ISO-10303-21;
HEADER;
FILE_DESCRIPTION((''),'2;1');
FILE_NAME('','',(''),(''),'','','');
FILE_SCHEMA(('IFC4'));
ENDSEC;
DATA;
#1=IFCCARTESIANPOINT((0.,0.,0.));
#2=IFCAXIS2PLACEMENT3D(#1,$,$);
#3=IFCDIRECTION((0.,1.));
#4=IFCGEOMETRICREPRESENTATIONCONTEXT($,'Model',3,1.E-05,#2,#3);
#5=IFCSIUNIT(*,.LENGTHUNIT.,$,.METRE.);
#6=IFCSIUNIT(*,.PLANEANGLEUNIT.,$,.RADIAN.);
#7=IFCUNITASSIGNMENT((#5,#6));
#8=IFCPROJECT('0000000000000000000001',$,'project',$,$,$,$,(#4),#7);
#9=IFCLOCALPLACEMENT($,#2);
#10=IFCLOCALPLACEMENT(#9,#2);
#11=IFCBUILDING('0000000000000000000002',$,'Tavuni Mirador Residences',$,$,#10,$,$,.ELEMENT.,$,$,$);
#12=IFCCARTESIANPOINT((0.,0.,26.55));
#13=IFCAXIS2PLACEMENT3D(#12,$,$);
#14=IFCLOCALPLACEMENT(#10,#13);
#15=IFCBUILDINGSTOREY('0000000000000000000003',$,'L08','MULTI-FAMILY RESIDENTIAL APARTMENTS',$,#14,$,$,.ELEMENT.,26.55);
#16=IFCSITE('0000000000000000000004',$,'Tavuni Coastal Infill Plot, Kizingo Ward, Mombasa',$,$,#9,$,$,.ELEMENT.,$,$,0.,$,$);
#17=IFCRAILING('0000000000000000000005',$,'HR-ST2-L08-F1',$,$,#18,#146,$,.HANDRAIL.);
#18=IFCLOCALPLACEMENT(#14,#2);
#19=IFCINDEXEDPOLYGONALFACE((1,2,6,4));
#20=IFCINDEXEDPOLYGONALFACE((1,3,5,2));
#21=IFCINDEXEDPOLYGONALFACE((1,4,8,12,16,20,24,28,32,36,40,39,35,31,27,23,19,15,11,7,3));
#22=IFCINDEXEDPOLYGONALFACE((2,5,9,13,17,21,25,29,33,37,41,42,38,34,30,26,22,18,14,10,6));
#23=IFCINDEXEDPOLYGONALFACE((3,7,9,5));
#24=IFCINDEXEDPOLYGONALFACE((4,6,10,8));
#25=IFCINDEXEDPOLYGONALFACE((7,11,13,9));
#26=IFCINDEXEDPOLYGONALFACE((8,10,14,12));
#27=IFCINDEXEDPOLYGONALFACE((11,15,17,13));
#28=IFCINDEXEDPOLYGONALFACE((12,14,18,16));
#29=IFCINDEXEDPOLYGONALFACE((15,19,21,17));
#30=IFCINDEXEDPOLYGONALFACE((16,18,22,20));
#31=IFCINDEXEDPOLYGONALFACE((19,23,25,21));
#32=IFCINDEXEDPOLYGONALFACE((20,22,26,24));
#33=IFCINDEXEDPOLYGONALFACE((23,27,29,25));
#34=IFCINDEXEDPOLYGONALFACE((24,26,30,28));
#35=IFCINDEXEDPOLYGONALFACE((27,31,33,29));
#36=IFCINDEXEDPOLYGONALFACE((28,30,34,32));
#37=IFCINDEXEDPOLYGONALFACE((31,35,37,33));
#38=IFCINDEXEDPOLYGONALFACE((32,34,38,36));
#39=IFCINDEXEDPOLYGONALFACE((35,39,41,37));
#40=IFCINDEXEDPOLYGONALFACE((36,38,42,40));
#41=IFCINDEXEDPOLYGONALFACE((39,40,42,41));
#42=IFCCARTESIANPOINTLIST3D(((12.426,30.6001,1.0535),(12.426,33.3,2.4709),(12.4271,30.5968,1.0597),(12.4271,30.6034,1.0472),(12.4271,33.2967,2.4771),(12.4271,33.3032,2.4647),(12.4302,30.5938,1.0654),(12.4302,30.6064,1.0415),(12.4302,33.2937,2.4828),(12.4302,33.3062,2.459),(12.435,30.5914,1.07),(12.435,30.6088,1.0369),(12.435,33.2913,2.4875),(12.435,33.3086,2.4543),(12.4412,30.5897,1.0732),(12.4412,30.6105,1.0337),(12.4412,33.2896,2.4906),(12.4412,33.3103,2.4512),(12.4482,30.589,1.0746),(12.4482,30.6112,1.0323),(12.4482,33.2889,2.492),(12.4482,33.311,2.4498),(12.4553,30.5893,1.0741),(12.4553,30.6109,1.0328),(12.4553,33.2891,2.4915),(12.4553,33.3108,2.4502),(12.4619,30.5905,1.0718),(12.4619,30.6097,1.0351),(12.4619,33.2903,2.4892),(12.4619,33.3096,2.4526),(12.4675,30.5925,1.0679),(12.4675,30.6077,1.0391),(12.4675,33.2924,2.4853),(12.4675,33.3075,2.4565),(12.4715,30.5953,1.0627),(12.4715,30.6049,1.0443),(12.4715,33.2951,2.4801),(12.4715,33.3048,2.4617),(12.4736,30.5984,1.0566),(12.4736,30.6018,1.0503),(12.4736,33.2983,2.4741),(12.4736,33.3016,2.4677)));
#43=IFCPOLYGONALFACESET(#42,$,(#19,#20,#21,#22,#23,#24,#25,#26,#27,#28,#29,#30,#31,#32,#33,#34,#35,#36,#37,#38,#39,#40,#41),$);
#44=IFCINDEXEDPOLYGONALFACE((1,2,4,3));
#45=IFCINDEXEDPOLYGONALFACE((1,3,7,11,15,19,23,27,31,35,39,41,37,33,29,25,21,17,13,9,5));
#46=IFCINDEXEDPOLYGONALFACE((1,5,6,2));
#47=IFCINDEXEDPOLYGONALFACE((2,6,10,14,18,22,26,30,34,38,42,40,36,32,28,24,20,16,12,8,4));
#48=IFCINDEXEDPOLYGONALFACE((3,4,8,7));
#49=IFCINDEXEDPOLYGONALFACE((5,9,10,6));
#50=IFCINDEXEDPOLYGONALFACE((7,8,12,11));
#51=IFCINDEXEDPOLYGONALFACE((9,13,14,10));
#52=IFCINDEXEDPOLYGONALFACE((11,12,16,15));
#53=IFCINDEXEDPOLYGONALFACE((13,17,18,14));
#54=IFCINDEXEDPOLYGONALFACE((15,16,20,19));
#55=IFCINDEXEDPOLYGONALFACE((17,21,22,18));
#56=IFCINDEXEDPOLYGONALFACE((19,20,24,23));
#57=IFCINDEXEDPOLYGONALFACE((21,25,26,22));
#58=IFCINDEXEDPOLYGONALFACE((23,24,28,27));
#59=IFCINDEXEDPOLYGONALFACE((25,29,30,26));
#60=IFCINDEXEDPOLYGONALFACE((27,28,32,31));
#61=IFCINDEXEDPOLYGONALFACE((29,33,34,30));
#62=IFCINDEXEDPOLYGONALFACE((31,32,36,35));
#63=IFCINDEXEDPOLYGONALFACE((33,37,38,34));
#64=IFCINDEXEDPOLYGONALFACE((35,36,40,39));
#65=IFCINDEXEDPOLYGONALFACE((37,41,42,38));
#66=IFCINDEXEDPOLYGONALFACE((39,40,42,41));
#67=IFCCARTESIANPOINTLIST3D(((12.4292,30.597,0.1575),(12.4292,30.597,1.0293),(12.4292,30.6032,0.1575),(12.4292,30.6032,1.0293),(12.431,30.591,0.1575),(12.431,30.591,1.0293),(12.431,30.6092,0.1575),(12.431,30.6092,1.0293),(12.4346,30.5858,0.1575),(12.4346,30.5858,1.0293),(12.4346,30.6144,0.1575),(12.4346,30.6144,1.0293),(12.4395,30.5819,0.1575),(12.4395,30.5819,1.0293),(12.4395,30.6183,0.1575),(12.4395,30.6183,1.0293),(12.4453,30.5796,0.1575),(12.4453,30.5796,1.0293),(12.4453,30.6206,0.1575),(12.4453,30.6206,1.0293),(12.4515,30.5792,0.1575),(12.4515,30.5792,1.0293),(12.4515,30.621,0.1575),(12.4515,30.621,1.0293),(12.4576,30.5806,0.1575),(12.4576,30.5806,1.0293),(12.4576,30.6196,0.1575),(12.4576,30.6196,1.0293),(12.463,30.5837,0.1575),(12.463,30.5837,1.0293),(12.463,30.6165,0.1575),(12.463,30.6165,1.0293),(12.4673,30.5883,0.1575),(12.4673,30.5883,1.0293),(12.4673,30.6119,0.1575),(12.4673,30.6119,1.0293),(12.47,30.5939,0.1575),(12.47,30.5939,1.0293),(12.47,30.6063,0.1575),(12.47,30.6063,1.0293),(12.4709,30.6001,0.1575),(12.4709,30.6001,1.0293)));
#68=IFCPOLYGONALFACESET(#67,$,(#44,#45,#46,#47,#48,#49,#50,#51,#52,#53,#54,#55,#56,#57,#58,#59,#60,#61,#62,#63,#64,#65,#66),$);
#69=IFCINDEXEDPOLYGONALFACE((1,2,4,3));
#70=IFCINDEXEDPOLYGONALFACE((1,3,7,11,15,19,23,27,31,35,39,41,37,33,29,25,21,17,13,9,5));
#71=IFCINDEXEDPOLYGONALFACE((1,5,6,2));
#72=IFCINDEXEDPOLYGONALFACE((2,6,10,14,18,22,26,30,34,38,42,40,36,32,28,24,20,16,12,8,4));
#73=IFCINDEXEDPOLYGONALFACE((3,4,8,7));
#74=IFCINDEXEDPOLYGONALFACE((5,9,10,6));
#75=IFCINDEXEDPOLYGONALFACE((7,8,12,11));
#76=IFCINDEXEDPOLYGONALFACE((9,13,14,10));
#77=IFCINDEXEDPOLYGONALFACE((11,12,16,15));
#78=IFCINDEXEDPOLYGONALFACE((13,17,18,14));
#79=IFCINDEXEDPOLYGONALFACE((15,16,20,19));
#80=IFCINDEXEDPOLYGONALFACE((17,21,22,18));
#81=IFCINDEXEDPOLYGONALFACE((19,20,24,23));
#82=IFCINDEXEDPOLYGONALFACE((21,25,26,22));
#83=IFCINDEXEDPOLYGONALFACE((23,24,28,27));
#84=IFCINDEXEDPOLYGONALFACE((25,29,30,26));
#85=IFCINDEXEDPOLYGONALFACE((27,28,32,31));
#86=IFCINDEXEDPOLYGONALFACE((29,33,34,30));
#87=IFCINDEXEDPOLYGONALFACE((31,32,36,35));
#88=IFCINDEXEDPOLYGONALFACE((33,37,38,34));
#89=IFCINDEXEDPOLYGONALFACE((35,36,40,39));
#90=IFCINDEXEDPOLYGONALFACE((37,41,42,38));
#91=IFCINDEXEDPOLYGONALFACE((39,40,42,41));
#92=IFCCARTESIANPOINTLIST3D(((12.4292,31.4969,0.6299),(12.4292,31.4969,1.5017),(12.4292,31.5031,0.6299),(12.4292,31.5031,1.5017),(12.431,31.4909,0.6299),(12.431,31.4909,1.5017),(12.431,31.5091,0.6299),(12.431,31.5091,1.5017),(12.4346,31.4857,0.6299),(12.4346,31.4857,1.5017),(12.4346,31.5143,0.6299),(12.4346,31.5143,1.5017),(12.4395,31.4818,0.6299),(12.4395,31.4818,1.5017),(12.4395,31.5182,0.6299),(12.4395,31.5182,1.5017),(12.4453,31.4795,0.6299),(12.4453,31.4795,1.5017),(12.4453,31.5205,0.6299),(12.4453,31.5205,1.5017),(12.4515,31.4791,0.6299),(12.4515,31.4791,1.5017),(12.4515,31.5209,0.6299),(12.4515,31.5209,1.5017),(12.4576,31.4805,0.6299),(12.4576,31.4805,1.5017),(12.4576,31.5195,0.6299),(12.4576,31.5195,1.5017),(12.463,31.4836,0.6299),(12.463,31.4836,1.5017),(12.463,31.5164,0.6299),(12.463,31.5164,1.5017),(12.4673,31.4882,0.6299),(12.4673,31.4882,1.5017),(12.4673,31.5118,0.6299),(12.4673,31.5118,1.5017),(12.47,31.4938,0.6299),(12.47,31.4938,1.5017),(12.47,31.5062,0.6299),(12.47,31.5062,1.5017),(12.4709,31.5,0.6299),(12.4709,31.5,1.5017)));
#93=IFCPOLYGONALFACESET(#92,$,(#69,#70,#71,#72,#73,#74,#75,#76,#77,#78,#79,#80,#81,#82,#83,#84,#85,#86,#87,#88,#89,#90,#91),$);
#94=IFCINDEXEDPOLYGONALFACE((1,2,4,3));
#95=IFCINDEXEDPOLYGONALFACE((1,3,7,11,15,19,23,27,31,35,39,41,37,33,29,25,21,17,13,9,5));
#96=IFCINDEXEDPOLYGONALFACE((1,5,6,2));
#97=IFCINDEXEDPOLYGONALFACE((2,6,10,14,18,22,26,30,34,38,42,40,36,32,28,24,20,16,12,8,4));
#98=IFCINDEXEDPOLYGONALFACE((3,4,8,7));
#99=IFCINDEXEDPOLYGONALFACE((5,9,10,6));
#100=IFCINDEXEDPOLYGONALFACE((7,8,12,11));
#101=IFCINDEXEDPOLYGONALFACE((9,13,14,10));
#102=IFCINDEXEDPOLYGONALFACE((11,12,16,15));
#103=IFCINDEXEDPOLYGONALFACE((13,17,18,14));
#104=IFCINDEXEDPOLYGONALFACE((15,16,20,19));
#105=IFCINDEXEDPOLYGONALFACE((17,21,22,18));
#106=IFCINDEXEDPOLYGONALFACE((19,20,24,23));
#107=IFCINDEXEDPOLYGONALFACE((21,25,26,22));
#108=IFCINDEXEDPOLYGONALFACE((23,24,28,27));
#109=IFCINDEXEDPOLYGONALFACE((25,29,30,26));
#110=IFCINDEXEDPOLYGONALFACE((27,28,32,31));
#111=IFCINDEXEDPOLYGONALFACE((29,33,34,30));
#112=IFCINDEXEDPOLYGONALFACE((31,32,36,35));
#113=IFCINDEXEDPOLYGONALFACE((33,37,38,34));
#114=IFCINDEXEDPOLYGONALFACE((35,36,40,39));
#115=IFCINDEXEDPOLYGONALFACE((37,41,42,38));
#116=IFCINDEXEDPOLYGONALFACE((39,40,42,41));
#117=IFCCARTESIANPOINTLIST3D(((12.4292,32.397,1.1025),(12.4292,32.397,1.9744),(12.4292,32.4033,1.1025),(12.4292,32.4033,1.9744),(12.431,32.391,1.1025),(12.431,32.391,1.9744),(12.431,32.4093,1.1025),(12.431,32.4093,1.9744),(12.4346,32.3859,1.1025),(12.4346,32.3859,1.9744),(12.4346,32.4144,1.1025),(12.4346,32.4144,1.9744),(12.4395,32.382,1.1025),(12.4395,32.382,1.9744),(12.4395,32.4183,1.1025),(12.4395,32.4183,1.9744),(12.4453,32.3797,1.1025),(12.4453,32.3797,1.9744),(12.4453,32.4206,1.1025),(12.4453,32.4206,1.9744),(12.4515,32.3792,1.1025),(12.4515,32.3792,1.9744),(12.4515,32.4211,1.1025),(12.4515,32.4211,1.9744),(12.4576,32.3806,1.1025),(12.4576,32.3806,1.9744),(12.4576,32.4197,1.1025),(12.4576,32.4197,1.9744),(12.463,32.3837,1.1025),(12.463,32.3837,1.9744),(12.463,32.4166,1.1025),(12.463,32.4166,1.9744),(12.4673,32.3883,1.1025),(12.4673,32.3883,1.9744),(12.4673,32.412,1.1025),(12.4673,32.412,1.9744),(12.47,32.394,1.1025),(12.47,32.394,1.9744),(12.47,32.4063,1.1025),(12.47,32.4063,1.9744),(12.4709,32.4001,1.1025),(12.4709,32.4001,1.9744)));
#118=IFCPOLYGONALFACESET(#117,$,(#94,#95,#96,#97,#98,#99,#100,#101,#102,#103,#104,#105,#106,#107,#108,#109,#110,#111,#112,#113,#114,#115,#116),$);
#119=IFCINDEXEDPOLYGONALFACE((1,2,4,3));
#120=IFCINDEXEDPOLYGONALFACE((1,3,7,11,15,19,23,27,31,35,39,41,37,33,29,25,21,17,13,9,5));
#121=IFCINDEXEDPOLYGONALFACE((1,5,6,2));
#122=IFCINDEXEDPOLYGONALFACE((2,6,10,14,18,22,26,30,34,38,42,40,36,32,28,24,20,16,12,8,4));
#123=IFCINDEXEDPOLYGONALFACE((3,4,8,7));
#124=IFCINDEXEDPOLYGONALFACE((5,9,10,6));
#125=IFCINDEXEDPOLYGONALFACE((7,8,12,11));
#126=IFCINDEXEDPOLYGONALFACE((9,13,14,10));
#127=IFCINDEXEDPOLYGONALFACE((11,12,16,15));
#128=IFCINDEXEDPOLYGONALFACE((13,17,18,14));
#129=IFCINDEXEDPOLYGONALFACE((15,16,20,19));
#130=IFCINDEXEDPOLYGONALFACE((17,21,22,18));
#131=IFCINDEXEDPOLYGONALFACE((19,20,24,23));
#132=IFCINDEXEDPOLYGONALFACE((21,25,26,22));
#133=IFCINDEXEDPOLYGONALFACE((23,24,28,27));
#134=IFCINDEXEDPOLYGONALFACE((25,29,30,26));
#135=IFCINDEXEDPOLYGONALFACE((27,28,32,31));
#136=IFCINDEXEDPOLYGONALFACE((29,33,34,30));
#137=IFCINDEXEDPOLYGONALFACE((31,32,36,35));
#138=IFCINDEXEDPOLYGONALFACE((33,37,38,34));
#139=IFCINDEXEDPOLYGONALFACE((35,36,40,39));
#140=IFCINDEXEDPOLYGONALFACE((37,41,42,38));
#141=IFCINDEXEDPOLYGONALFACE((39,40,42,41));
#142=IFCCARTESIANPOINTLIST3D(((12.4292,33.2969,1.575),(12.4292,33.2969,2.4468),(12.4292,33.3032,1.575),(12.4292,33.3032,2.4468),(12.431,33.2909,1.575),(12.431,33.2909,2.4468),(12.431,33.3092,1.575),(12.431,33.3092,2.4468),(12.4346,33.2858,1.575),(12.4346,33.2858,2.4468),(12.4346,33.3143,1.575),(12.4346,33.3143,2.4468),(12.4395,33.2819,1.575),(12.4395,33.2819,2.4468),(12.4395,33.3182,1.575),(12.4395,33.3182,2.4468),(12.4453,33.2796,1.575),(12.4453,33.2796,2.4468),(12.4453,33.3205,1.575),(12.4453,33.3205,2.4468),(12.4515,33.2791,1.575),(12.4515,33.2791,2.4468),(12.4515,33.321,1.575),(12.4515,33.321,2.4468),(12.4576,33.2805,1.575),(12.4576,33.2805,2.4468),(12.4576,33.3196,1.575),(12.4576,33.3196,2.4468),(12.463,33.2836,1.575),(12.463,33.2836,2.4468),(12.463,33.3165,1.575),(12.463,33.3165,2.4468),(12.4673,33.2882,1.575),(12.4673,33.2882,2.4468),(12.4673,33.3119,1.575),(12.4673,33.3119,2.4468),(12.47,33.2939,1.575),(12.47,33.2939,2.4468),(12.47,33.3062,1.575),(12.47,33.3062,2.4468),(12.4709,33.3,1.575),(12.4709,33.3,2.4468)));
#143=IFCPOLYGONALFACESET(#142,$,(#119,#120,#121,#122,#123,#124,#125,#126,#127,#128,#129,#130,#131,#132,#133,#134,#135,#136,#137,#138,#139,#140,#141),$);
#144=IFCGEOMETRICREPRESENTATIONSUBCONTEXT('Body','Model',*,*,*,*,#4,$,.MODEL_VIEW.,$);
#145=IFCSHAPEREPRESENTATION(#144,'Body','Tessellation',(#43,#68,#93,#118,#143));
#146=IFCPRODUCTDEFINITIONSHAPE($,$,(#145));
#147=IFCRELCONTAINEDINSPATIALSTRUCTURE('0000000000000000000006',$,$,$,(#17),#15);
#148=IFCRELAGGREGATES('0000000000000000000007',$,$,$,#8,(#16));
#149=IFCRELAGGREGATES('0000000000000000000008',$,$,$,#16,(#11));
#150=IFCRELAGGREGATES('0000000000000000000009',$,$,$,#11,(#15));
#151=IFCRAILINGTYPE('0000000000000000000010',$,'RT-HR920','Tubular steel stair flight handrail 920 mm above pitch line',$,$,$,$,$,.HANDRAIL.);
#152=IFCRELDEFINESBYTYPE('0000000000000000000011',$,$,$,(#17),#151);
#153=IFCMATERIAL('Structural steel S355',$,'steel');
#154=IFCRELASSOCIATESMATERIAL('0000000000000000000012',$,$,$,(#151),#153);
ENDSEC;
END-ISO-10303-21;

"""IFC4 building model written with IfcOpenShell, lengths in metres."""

from ifc_helpers import new_model, si_unit, direction, frame, origin, origin_2d, place, context, subcontext, project, spatial, circle, extrude, material, type_object, element, save


model = new_model("IFC4")

# Units and contexts
model_context = context("Model", 3, precision=1e-05, world=origin(), true_north=direction((0.0, 1.0)))
body_context = subcontext(model_context, "Body", "Model", "MODEL_VIEW")
ifc_project = project(units=[si_unit("LENGTHUNIT", "METRE"), si_unit("PLANEANGLEUNIT", "RADIAN")], contexts=[model_context])

# Site, building, storey
site_placement = place(None, origin())
site = spatial("IfcSite", under=ifc_project, at=site_placement, Name="Tavuni Coastal Infill Plot, Kizingo Ward, Mombasa", CompositionType="ELEMENT", RefElevation=0.0)
building_placement = place(site_placement, origin())
building = spatial("IfcBuilding", under=site, at=building_placement, Name="Tavuni Mirador Residences", CompositionType="ELEMENT")
storey_placement = place(building_placement, frame((0.0, 0.0, 26.55)))
storey = spatial("IfcBuildingStorey", under=building, at=storey_placement, Name="L08", Description="MULTI-FAMILY RESIDENTIAL APARTMENTS", CompositionType="ELEMENT", Elevation=26.55)

# Shared definitions
ifc_material_1 = material(Name="Structural steel S355", Category="steel")

# Railing
railing_type_1 = type_object("IfcRailingType", Name="RT-HR920", Description="Tubular steel stair flight handrail 920 mm above pitch line", PredefinedType="HANDRAIL", material=ifc_material_1)
railing_1_placement = place(storey_placement, frame((12.45, 30.6001, 0.1575)))
element("IfcRailing", 1, at=railing_1_placement, inside=storey, type_object=railing_type_1, Name="HR-ST2-L08-F1", PredefinedType="HANDRAIL", context=body_context, shape_type="SweptSolid", body=[
    extrude(circle(Radius=0.0239, at=origin_2d()), frame((0.0, 0.0, 0.896), z_axis=(0.0, 0.885397, 0.464835), x_axis=(-1.0, 0.0, 0.0)), (0.0, 0.0, 1.0), 3.0493),
    extrude(circle(Radius=0.021, at=origin_2d()), origin(), (0.0, 0.0, 1.0), 0.8718),
    extrude(circle(Radius=0.021, at=origin_2d()), frame((0.0, 0.8999, 0.4724)), (0.0, 0.0, 1.0), 0.8718),
    extrude(circle(Radius=0.021, at=origin_2d()), frame((0.0, 1.8, 0.9451)), (0.0, 0.0, 1.0), 0.8718),
    extrude(circle(Radius=0.021, at=origin_2d()), frame((0.0, 2.7, 1.4175)), (0.0, 0.0, 1.0), 0.8718),
])

save(model, "model.ifc")
